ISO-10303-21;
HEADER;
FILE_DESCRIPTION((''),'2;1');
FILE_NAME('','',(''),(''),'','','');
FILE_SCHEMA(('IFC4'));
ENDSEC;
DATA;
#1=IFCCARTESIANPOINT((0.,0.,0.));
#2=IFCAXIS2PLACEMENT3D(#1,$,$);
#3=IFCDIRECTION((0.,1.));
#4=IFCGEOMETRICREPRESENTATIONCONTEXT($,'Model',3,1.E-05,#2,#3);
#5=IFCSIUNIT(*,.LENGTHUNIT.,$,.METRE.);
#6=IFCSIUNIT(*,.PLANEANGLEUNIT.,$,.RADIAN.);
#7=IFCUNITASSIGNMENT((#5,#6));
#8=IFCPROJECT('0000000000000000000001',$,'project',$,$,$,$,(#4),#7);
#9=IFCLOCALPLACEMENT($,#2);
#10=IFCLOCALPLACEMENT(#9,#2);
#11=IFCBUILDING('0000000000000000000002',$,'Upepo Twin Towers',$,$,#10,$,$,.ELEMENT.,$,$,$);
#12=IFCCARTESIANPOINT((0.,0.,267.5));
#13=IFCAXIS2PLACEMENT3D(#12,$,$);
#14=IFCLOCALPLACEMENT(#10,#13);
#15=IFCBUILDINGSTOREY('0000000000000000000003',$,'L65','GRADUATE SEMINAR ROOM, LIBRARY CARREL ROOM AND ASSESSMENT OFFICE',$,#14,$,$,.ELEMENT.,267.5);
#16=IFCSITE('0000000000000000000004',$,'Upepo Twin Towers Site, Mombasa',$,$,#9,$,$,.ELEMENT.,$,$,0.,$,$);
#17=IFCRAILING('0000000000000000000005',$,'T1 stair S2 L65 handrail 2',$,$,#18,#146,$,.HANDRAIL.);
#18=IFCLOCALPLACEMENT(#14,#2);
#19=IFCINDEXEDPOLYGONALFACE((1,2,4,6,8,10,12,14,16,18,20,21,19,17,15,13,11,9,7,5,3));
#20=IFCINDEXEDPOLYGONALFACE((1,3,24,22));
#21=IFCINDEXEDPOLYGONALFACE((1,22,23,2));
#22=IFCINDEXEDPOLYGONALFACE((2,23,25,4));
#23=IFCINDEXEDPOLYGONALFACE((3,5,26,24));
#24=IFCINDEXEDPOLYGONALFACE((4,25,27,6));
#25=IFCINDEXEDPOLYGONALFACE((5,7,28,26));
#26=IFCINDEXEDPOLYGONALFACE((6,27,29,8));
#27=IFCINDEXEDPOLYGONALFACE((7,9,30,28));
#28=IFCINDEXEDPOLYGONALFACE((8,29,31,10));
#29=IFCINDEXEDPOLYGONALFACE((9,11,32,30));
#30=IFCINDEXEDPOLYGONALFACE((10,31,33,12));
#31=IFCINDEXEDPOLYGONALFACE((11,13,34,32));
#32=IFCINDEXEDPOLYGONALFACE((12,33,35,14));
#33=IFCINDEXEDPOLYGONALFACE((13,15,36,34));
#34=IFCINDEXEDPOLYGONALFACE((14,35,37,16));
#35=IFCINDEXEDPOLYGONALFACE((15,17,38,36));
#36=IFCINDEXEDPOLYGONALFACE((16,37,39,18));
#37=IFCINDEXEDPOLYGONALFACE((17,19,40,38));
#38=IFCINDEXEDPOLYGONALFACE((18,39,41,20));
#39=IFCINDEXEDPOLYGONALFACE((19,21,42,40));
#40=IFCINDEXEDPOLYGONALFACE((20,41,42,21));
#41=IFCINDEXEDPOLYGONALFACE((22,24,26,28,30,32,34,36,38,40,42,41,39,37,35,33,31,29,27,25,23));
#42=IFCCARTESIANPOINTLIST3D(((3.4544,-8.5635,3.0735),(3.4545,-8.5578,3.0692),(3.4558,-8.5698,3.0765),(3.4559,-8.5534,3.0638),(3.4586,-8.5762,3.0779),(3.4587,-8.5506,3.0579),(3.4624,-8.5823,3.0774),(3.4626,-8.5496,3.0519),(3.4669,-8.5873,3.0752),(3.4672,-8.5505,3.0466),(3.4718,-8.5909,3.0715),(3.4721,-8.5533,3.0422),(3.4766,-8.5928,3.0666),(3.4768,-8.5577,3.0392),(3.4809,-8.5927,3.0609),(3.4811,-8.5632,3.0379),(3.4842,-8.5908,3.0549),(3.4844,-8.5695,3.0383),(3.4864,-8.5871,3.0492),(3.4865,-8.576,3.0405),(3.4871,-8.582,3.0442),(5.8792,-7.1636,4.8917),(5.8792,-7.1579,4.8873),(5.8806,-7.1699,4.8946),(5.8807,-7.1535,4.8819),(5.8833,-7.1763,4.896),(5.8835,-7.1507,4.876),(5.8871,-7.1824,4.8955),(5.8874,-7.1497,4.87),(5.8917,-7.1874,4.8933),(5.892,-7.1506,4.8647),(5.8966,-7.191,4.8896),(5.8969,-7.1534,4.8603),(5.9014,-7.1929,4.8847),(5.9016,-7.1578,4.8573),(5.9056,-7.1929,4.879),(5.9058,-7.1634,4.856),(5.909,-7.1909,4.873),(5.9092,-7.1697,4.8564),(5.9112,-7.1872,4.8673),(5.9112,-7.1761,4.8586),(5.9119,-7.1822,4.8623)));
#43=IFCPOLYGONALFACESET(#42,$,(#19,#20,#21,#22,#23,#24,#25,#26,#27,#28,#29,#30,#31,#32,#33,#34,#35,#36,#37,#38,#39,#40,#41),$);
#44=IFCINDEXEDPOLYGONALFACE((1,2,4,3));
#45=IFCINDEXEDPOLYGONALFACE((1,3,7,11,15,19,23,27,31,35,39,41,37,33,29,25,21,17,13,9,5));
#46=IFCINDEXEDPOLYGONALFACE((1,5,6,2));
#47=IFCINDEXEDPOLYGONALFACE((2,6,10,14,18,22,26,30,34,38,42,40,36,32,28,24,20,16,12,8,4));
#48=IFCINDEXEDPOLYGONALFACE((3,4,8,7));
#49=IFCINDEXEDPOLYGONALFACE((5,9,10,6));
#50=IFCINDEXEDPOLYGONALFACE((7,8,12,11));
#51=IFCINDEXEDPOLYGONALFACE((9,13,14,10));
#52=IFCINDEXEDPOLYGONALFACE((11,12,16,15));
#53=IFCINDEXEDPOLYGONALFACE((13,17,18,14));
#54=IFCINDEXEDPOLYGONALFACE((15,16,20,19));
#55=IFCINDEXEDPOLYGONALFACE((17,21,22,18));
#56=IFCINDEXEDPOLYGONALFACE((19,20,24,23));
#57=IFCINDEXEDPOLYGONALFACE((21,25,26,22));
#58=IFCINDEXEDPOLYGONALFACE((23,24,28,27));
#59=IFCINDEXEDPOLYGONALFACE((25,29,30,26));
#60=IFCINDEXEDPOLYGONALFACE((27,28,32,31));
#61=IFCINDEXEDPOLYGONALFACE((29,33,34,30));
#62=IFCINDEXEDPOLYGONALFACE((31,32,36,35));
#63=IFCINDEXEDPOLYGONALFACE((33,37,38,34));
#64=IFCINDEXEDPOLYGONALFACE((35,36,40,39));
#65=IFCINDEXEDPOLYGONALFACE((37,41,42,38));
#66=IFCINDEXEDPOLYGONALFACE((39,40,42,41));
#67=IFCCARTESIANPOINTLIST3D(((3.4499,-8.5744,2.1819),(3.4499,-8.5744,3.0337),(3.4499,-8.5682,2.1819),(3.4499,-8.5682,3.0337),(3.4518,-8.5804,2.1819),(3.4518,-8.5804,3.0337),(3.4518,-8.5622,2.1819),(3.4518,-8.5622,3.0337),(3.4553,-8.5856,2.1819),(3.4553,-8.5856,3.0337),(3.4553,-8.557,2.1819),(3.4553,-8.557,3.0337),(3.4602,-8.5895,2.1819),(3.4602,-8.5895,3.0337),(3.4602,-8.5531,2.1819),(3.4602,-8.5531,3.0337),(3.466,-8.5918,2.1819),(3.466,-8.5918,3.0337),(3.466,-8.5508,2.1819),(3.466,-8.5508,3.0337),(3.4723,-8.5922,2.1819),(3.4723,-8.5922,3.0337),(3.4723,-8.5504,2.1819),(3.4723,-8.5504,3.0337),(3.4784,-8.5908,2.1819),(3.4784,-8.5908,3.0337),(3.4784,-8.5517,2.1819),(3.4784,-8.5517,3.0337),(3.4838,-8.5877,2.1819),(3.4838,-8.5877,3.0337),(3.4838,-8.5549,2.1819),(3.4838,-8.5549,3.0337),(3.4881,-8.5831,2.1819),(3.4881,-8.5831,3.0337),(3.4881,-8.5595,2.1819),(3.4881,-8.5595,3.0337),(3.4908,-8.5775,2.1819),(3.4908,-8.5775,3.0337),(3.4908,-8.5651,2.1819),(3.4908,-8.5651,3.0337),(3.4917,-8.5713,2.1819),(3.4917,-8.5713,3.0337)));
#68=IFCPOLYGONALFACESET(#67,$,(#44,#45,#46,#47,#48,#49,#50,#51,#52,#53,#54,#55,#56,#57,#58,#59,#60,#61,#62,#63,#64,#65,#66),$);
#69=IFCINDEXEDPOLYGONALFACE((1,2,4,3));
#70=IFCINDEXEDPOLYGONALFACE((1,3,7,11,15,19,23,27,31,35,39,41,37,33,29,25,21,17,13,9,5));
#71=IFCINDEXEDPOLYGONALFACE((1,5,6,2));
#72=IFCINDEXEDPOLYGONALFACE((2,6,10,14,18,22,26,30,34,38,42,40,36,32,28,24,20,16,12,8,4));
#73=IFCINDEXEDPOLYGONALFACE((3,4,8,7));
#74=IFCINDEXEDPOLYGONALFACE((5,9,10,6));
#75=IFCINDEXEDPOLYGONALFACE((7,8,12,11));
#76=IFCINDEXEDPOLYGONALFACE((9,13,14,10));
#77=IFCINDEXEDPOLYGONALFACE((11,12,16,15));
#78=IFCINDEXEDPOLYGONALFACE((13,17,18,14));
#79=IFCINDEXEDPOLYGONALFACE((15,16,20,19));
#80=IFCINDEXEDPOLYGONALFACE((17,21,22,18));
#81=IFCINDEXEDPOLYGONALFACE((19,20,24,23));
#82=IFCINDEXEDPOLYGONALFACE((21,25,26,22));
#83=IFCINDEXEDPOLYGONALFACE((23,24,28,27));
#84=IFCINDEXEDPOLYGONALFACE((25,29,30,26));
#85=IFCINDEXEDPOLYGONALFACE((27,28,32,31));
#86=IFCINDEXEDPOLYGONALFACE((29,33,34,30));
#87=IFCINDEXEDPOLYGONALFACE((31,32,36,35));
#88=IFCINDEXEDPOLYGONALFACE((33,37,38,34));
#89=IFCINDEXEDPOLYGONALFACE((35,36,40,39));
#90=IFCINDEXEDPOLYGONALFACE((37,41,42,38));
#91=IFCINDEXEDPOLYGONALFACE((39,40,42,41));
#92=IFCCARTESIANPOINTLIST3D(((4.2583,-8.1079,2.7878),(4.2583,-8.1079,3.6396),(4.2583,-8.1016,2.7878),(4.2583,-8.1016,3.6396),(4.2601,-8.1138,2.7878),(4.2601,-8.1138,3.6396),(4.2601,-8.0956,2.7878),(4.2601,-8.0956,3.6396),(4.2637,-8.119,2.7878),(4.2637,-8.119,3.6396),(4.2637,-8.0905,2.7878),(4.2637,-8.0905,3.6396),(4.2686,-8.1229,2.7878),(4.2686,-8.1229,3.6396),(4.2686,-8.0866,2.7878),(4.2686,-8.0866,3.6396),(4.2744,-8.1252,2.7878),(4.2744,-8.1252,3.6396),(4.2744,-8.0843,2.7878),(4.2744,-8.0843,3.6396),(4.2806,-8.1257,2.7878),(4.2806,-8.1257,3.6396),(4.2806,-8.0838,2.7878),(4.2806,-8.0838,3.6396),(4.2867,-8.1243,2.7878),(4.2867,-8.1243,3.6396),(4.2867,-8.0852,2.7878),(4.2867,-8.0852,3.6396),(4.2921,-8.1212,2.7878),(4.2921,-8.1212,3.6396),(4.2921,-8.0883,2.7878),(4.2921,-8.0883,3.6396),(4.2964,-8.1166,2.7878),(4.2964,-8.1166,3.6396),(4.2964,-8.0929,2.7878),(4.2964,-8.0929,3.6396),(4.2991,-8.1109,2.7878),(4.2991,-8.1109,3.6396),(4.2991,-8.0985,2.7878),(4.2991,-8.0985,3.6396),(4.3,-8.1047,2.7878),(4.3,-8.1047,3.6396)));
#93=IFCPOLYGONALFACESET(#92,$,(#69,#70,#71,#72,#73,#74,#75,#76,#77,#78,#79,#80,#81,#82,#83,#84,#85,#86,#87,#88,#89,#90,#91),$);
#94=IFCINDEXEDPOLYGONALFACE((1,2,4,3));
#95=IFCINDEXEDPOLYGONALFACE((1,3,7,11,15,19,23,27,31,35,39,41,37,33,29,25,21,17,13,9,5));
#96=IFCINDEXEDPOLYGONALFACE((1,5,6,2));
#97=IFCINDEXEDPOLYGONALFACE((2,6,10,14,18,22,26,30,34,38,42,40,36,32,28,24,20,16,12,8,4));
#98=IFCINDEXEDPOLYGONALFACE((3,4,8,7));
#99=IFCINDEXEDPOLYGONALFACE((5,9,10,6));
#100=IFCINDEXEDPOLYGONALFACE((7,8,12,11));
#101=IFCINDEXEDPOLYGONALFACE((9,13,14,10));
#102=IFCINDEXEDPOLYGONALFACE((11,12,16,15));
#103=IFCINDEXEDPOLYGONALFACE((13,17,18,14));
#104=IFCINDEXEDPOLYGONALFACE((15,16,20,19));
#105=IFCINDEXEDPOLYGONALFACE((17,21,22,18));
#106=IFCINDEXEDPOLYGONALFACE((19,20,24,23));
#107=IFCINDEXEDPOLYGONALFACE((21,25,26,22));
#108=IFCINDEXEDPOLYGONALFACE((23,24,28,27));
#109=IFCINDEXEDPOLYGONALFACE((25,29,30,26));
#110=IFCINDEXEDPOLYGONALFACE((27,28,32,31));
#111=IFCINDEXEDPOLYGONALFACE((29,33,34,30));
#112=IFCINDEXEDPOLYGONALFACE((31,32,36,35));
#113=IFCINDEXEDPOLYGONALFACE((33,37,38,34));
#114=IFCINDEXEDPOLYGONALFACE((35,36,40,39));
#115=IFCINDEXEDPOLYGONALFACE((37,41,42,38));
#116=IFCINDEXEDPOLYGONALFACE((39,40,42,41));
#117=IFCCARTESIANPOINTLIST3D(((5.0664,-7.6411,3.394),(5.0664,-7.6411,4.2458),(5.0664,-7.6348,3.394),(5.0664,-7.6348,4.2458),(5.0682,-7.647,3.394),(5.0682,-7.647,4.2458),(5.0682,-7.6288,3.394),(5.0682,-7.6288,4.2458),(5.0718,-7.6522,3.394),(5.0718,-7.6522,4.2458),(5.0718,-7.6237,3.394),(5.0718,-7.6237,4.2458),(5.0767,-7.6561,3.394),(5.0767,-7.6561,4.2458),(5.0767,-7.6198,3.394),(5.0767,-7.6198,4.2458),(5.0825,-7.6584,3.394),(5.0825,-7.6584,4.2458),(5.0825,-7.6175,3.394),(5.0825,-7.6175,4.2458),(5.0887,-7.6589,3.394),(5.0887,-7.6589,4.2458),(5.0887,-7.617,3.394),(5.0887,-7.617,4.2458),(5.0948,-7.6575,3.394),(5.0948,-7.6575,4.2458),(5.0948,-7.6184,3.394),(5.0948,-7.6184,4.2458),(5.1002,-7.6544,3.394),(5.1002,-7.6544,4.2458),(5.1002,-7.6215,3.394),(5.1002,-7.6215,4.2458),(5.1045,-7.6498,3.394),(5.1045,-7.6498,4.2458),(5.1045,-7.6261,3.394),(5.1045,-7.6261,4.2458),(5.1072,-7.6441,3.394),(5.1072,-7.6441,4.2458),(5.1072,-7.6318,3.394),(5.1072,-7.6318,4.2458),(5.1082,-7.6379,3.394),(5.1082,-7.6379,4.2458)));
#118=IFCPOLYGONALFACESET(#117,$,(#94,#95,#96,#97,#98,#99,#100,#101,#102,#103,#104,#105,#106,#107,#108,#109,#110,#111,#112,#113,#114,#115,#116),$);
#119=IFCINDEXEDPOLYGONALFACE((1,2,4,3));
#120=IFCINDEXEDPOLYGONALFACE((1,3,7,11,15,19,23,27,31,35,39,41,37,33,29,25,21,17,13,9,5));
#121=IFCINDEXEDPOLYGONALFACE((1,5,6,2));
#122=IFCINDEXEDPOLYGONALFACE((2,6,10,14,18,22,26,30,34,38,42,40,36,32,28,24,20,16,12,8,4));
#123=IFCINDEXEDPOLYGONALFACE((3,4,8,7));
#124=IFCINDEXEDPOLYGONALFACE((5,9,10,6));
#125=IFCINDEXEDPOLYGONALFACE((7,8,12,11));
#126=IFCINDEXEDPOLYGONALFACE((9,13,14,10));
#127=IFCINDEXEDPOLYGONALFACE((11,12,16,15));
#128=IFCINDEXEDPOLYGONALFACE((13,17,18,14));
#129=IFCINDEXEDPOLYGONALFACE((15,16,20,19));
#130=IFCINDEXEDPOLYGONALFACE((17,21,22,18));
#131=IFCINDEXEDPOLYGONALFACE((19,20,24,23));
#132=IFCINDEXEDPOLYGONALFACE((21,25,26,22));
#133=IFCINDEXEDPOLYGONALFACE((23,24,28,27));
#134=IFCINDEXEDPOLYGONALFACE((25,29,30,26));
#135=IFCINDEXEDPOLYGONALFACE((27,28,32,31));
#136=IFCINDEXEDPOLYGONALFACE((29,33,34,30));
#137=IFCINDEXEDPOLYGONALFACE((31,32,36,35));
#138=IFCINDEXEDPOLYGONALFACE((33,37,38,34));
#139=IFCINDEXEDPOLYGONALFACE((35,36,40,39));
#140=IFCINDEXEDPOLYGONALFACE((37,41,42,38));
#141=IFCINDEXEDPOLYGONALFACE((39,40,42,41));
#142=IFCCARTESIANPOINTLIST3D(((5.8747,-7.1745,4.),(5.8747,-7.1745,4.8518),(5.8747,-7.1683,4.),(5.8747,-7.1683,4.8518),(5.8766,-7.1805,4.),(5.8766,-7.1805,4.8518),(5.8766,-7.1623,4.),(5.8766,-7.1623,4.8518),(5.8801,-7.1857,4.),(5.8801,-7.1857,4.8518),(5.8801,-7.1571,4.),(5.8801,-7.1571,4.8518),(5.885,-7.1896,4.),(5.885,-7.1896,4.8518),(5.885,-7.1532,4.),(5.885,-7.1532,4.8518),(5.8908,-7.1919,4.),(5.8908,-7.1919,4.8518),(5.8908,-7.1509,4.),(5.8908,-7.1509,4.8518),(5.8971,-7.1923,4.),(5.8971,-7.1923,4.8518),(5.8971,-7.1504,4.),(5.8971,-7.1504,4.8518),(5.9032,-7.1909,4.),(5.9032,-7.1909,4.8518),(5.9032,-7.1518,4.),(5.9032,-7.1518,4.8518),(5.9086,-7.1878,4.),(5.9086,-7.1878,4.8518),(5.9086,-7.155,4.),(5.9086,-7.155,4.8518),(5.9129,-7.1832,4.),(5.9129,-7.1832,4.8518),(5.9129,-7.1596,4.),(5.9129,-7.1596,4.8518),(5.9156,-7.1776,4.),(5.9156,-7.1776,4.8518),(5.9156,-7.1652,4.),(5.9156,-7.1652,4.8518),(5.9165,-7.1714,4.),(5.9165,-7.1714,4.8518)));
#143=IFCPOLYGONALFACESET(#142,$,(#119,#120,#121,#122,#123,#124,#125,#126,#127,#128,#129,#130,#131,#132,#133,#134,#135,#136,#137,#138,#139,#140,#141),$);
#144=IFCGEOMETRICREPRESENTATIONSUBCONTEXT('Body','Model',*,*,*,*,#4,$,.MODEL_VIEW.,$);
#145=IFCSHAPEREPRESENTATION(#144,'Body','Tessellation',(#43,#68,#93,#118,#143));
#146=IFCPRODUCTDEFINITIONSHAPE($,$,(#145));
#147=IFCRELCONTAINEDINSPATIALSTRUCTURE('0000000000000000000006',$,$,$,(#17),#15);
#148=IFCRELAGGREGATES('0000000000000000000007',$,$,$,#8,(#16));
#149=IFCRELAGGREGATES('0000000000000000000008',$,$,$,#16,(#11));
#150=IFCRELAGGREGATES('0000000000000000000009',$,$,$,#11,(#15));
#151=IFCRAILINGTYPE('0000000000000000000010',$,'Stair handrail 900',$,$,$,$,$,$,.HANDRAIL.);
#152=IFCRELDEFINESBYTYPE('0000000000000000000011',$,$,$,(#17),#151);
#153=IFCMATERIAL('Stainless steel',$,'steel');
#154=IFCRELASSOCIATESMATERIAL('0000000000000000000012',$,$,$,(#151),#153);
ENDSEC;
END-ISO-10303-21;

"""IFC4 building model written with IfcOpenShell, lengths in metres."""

from ifc_helpers import new_model, si_unit, direction, frame, origin, origin_2d, place, context, subcontext, project, spatial, circle, extrude, material, type_object, element, save


model = new_model("IFC4")

# Units and contexts
model_context = context("Model", 3, precision=1e-05, world=origin(), true_north=direction((0.0, 1.0)))
body_context = subcontext(model_context, "Body", "Model", "MODEL_VIEW")
ifc_project = project(units=[si_unit("LENGTHUNIT", "METRE"), si_unit("PLANEANGLEUNIT", "RADIAN")], contexts=[model_context])

# Site, building, storey
site_placement = place(None, origin())
site = spatial("IfcSite", under=ifc_project, at=site_placement, Name="Upepo Twin Towers Site, Mombasa", CompositionType="ELEMENT", RefElevation=0.0)
building_placement = place(site_placement, origin())
building = spatial("IfcBuilding", under=site, at=building_placement, Name="Upepo Twin Towers", CompositionType="ELEMENT")
storey_placement = place(building_placement, frame((0.0, 0.0, 267.5)))
storey = spatial("IfcBuildingStorey", under=building, at=storey_placement, Name="L65", Description="GRADUATE SEMINAR ROOM, LIBRARY CARREL ROOM AND ASSESSMENT OFFICE", CompositionType="ELEMENT", Elevation=267.5)

# Railing
ifc_material_1 = material(Name="Stainless steel", Category="steel")
railing_type = type_object("IfcRailingType", Name="Stair handrail 900", PredefinedType="HANDRAIL", material=ifc_material_1)
railing_1_placement = place(storey_placement, frame((3.4707, -8.5713, 2.1819)))
element("IfcRailing", 1, at=railing_1_placement, inside=storey, type_object=railing_type, Name="T1 stair S2 L65 handrail 2", PredefinedType="HANDRAIL", context=body_context, shape_type="SweptSolid", body=[
    extrude(circle(Radius=0.0239, at=origin_2d()), frame((0.0, 0.0, 0.876), z_axis=(0.726336, 0.419333, 0.544606), x_axis=(-0.499984, 0.866035, 0.0)), (0.0, 0.0, 1.0), 3.3384),
    extrude(circle(Radius=0.021, at=origin_2d()), origin(), (0.0, 0.0, 1.0), 0.8518),
    extrude(circle(Radius=0.021, at=origin_2d()), frame((0.8083, 0.4666, 0.606)), (0.0, 0.0, 1.0), 0.8518),
    extrude(circle(Radius=0.021, at=origin_2d()), frame((1.6165, 0.9333, 1.2122)), (0.0, 0.0, 1.0), 0.8518),
    extrude(circle(Radius=0.021, at=origin_2d()), frame((2.4248, 1.3999, 1.8181)), (0.0, 0.0, 1.0), 0.8518),
])

save(model, "model.ifc")
